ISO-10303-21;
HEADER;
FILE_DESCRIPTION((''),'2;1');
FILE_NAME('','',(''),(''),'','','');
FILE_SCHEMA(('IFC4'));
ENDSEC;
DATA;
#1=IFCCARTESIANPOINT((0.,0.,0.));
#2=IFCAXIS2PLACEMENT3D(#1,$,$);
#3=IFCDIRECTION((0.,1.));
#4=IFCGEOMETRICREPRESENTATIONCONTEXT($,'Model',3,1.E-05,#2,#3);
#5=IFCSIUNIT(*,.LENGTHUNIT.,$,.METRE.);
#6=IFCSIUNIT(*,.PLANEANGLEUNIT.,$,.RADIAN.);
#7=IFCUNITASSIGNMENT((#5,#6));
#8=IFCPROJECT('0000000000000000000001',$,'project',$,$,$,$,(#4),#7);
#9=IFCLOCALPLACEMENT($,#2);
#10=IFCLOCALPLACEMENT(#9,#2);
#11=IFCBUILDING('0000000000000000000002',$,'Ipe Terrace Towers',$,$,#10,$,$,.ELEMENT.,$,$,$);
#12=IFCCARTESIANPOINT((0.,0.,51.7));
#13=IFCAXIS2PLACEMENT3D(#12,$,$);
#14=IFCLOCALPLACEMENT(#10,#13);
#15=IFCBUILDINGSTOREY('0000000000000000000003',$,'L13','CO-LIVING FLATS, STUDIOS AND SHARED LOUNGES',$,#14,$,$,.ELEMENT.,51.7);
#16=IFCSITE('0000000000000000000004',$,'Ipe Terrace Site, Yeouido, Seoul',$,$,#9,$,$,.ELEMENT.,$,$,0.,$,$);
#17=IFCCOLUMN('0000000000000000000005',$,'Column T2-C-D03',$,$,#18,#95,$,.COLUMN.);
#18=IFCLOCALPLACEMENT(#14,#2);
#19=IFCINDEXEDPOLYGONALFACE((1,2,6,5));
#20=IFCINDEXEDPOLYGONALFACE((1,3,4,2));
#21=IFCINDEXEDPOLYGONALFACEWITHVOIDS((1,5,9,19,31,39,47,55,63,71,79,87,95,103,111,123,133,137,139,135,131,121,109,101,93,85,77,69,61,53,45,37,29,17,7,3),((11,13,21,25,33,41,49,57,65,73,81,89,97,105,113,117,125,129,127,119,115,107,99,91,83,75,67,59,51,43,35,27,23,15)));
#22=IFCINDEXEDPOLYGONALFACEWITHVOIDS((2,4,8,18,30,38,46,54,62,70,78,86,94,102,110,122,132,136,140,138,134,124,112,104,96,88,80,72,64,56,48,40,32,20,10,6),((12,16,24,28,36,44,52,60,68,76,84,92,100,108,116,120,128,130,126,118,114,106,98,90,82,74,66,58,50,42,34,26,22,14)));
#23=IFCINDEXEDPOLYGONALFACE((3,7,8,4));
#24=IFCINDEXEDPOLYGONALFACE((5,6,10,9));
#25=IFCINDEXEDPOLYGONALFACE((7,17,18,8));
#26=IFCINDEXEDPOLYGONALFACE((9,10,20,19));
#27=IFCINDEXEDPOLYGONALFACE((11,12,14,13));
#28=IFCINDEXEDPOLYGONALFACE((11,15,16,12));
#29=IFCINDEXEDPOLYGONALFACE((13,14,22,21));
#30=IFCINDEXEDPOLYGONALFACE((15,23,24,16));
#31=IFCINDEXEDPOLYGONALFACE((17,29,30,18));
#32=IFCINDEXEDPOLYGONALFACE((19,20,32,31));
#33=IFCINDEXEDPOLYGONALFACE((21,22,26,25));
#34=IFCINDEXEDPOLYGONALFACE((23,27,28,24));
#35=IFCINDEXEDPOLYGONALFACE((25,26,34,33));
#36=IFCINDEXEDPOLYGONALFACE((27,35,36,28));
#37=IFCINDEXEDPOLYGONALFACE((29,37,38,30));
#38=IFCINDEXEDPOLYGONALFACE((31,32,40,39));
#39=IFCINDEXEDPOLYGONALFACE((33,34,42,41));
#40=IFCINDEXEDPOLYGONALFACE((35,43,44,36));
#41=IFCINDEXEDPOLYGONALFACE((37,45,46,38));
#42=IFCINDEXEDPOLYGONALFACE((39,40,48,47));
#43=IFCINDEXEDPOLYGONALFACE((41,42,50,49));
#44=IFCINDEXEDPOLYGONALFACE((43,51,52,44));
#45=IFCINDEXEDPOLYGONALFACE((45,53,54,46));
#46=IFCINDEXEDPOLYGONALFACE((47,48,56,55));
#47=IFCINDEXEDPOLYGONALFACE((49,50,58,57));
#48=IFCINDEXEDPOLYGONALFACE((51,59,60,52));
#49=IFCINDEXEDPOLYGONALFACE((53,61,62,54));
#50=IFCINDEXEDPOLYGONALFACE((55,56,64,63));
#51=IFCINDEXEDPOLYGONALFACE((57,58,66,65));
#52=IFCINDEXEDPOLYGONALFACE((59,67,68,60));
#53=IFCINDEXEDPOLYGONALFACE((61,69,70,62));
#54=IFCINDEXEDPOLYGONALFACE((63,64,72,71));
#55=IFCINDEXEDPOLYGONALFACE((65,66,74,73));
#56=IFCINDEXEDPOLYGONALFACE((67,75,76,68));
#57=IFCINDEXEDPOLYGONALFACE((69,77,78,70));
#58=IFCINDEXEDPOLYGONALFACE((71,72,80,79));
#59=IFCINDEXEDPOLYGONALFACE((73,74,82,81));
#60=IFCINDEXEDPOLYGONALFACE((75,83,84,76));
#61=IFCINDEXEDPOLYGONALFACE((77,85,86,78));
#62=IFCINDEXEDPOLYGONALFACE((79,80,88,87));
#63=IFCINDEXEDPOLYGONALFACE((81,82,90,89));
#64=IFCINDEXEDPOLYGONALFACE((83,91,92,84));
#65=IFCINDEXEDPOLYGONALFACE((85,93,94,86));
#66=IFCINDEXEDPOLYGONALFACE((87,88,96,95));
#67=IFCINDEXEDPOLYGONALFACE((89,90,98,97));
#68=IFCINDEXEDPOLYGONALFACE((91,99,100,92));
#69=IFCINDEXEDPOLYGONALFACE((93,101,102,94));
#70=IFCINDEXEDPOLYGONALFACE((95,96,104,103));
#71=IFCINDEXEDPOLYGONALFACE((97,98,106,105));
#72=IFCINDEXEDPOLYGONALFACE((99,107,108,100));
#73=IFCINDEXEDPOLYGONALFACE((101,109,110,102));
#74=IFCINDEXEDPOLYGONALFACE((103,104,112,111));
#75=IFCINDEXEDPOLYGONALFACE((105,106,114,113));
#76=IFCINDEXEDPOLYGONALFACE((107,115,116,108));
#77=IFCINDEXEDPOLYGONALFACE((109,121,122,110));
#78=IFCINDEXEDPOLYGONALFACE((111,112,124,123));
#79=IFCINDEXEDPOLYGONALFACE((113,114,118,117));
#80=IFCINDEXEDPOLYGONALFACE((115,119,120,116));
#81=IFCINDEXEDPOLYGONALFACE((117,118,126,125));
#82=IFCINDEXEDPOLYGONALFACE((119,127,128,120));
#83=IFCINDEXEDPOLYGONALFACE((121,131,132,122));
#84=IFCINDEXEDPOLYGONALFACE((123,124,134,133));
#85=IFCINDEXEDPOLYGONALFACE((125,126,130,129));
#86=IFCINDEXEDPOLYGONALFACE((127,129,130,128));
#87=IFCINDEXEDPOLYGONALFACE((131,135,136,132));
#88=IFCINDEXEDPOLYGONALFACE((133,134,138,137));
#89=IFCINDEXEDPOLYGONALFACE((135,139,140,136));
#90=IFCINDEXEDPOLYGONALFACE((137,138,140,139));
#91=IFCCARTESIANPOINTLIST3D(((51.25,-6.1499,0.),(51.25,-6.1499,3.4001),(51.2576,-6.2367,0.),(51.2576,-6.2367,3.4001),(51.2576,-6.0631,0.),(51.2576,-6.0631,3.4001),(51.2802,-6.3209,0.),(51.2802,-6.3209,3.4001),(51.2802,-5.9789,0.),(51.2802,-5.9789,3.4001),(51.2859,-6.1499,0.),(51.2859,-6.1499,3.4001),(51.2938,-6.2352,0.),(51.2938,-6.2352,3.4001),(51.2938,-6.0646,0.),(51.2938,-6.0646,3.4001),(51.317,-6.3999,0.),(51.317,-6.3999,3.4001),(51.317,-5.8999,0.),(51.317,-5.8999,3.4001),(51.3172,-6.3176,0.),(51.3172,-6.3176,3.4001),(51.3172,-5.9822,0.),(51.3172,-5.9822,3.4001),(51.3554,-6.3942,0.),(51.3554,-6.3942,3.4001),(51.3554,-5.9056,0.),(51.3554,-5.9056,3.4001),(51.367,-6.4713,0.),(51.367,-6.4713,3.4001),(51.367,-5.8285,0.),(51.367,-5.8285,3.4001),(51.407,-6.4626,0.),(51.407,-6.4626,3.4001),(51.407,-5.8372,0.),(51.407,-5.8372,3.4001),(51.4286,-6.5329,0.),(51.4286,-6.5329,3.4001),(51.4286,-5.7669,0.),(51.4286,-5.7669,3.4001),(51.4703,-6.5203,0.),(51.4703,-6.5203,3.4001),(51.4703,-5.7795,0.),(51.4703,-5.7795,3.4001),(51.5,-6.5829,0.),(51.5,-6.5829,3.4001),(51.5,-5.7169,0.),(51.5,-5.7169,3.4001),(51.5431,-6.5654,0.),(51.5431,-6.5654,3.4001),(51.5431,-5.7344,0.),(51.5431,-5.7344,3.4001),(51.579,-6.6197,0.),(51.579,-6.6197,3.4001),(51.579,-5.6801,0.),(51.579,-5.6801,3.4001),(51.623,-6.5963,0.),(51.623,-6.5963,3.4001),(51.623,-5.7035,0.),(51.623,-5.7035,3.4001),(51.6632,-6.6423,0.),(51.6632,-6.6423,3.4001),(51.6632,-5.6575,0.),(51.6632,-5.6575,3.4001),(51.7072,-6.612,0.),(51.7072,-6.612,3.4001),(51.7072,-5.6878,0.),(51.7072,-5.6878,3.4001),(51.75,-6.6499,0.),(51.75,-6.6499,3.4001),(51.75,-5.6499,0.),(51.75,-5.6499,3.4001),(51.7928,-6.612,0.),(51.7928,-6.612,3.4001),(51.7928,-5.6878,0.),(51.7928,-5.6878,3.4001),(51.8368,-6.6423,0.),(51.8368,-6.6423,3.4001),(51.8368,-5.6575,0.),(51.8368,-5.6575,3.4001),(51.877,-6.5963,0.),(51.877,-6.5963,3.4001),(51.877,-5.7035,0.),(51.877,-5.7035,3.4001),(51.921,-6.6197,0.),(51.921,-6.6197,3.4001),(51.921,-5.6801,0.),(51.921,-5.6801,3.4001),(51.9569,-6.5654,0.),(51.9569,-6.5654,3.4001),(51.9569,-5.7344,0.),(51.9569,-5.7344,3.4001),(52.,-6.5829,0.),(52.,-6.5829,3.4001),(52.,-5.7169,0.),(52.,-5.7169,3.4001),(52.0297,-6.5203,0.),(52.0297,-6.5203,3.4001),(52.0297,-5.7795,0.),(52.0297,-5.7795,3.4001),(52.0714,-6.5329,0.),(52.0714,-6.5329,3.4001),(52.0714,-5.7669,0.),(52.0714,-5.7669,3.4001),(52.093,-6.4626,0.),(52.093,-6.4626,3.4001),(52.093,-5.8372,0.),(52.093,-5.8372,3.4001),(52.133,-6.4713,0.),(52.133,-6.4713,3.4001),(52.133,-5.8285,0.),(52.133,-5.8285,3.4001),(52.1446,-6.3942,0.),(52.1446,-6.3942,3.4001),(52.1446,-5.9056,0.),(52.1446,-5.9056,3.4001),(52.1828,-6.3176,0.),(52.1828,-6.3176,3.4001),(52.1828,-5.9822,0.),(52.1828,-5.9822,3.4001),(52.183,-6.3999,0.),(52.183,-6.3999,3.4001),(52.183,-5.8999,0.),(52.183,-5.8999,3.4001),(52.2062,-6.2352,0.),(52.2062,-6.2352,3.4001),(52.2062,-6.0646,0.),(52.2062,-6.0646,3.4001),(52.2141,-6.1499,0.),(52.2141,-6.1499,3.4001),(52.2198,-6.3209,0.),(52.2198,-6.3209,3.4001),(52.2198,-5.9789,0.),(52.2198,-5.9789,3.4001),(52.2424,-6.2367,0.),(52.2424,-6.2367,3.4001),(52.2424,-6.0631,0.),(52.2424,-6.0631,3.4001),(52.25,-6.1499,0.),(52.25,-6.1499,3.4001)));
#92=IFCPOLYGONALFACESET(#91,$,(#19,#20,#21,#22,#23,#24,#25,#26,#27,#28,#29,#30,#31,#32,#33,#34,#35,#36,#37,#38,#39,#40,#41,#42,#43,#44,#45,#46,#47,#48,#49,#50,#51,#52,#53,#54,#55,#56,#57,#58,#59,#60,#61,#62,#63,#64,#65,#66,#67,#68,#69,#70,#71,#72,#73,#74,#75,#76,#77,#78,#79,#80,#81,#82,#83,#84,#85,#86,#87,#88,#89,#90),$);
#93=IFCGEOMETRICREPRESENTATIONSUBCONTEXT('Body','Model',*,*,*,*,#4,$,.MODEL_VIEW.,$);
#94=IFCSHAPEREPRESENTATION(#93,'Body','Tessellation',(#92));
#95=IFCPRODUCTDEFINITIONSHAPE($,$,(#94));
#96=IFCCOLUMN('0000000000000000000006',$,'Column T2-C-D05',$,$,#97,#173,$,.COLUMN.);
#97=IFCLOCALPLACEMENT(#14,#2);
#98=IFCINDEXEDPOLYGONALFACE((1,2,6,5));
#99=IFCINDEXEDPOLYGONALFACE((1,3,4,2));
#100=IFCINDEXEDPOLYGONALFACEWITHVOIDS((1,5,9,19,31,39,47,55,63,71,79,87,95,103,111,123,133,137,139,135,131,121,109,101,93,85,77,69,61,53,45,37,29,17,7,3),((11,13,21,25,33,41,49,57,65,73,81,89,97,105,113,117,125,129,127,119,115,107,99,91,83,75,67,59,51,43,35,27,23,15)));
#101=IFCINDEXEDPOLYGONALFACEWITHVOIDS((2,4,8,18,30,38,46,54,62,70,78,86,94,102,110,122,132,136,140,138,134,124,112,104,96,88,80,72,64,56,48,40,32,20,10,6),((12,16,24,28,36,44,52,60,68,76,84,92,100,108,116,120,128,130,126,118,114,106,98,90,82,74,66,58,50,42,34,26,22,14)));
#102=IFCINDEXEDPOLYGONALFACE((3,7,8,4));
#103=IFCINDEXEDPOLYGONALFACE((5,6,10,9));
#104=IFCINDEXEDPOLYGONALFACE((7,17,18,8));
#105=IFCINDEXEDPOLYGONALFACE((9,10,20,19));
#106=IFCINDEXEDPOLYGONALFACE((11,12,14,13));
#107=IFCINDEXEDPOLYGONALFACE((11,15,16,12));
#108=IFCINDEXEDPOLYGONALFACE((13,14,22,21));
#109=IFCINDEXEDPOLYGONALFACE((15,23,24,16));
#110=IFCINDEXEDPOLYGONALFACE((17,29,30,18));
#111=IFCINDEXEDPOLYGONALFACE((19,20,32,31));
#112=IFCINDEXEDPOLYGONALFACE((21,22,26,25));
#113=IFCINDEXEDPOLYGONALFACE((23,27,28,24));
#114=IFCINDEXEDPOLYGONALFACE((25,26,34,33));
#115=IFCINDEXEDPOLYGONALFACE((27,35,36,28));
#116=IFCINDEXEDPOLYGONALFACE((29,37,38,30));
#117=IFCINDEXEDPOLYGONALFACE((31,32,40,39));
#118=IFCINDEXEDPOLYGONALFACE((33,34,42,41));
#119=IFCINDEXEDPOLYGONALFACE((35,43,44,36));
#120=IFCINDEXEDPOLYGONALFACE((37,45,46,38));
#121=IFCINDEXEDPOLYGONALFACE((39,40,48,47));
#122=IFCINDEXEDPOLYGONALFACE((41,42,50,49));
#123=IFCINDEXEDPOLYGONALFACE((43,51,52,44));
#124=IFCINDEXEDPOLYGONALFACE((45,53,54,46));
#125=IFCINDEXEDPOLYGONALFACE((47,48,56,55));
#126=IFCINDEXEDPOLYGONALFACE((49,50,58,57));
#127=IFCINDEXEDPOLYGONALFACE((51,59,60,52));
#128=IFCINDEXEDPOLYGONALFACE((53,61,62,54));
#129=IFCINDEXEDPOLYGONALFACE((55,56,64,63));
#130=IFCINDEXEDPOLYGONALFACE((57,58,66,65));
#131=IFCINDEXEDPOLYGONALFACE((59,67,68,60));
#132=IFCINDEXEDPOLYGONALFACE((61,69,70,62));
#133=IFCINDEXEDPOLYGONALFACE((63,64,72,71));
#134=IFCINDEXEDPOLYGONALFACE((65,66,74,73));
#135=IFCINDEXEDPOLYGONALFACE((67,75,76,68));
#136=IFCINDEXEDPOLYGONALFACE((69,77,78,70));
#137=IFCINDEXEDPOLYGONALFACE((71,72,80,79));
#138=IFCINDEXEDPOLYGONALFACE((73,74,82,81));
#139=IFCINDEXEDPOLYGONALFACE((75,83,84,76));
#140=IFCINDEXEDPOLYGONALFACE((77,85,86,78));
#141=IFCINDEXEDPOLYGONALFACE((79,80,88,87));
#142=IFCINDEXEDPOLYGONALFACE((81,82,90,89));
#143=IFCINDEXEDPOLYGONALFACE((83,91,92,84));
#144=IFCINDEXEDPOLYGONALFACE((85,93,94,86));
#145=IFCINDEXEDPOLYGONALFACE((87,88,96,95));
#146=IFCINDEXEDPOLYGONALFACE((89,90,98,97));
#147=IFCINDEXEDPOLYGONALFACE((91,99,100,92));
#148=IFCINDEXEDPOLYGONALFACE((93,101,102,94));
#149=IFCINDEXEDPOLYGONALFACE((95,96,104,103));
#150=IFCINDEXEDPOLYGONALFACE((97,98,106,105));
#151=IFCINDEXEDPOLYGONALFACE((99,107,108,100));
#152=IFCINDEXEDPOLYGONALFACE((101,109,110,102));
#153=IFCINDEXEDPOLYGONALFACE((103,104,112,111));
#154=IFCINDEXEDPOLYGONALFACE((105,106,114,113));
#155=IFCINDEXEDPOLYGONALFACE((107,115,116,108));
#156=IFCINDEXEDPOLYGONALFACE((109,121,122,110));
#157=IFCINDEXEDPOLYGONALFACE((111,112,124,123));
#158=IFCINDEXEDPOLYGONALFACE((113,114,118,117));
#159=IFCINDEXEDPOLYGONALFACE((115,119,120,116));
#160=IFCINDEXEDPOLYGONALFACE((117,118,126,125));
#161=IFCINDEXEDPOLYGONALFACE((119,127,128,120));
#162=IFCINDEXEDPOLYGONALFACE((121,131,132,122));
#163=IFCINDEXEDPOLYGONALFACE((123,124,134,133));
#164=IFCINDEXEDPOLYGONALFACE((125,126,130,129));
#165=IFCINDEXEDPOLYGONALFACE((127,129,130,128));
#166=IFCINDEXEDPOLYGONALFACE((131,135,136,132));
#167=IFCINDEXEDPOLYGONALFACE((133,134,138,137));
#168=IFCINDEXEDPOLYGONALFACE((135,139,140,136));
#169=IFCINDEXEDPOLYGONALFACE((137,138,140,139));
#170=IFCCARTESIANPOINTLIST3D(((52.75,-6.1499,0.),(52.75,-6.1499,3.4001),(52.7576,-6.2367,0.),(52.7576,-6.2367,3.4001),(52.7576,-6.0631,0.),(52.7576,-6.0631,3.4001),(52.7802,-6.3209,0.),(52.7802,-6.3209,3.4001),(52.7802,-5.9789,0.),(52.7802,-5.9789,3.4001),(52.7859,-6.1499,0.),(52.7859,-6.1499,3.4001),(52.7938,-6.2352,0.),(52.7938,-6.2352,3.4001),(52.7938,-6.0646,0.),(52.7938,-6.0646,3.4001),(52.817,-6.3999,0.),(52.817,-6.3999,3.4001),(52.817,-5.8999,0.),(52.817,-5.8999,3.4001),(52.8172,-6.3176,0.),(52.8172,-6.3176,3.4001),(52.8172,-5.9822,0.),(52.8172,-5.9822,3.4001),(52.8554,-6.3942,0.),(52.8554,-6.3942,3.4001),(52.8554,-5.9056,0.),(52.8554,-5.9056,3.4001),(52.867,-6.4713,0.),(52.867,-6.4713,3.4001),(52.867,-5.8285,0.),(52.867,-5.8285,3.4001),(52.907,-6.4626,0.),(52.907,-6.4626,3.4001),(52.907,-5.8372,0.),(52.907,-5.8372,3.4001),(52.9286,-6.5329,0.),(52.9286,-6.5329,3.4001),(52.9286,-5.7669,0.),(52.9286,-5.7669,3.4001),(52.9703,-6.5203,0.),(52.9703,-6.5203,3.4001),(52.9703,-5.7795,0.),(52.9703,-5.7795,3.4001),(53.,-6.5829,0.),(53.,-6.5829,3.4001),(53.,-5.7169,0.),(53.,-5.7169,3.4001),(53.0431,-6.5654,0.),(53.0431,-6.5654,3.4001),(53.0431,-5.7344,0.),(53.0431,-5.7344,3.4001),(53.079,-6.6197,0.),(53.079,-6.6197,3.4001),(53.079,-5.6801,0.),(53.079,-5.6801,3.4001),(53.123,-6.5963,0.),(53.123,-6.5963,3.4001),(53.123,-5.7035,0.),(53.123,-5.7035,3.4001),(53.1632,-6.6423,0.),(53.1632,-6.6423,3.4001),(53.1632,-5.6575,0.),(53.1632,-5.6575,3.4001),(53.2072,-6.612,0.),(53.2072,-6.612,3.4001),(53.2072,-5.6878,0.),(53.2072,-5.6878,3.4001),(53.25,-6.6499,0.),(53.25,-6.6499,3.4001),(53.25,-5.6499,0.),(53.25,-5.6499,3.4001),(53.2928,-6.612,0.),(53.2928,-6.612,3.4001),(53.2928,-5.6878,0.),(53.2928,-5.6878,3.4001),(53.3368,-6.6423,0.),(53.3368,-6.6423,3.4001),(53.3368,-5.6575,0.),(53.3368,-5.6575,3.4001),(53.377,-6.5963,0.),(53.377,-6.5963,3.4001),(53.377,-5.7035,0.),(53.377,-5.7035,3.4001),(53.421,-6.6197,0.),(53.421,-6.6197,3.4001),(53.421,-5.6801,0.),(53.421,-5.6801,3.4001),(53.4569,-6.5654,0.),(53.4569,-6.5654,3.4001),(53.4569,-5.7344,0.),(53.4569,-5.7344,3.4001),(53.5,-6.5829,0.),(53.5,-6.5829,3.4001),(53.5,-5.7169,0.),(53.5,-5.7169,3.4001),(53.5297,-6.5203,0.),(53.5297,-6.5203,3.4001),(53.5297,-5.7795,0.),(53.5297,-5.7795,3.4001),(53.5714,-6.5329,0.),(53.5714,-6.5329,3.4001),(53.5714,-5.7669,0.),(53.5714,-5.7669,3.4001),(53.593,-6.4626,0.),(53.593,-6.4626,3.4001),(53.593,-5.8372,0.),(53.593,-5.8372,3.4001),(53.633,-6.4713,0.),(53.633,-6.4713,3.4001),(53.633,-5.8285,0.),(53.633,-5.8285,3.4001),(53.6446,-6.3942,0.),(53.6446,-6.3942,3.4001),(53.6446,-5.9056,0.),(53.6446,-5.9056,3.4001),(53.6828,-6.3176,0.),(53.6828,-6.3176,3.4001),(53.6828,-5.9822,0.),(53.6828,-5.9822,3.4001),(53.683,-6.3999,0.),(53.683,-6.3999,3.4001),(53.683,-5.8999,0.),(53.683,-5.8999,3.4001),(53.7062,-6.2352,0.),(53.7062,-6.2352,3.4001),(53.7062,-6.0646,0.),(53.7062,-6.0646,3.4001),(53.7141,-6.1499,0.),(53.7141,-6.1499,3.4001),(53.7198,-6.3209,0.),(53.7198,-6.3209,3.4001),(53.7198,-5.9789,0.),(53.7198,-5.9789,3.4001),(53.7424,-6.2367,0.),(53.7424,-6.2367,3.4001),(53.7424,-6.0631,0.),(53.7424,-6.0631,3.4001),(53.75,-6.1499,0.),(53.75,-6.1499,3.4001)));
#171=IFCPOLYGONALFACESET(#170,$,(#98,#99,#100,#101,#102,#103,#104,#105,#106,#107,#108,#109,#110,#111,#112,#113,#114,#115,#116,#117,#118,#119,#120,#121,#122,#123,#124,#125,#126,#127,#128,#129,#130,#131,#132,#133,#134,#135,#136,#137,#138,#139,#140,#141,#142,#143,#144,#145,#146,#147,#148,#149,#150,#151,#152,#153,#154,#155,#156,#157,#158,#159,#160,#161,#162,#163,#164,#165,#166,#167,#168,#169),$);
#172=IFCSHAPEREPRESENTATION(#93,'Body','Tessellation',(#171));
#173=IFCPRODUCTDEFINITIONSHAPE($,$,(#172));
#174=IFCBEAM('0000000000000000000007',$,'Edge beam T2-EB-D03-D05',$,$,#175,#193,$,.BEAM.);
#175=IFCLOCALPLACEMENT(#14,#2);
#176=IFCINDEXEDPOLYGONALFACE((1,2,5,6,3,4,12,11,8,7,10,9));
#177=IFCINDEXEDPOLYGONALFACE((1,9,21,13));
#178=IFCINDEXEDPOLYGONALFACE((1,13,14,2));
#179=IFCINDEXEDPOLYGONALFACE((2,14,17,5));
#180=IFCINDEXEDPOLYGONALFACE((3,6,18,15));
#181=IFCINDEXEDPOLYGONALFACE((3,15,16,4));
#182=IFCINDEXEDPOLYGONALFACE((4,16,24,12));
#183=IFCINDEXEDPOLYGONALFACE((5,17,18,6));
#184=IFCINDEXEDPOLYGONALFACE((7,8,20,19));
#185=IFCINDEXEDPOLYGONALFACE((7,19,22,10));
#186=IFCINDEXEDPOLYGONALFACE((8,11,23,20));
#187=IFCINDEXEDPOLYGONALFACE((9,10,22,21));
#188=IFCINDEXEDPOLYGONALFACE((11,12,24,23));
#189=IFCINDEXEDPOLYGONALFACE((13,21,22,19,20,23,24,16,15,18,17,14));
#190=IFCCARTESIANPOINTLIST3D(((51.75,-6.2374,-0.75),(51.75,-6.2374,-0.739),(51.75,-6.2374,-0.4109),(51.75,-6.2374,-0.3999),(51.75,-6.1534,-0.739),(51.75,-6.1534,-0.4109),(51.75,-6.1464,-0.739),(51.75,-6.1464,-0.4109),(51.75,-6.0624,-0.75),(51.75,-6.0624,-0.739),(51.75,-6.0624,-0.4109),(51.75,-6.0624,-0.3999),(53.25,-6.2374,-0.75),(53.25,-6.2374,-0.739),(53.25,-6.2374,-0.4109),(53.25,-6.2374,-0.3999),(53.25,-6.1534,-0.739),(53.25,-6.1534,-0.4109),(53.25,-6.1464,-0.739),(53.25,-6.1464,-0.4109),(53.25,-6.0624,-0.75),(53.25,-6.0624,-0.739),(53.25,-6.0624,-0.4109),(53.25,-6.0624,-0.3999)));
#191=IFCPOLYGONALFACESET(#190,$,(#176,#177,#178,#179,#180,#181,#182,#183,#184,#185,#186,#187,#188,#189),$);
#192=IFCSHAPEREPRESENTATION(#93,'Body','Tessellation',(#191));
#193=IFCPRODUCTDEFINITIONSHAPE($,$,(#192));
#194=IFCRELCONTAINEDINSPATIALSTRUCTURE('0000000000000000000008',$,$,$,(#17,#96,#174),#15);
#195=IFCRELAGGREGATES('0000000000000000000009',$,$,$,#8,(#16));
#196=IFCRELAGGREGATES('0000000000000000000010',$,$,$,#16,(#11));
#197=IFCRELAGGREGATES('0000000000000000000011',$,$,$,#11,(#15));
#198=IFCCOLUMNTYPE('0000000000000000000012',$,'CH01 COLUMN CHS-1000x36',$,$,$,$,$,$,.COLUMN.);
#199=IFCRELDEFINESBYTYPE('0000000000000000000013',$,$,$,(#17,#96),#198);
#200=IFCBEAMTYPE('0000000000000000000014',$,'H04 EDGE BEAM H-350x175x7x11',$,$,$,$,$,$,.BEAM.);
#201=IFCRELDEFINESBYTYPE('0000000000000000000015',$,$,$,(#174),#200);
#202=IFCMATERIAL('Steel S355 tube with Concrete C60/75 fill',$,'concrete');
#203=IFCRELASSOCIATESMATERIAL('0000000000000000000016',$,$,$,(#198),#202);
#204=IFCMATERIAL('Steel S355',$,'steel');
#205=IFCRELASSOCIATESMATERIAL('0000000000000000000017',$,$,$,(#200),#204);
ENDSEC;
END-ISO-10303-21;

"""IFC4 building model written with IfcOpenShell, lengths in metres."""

from ifc_helpers import new_model, si_unit, direction, frame, origin, origin_2d, place, context, subcontext, project, spatial, hollow_circle, i_section, extrude, material, material_profile, profile_set, type_object, element, save


model = new_model("IFC4")

# Units and contexts
model_context = context("Model", 3, precision=1e-05, world=origin(), true_north=direction((0.0, 1.0)))
body_context = subcontext(model_context, "Body", "Model", "MODEL_VIEW")
ifc_project = project(units=[si_unit("LENGTHUNIT", "METRE"), si_unit("PLANEANGLEUNIT", "RADIAN")], contexts=[model_context])

# Site, building, storey
site_placement = place(None, origin())
site = spatial("IfcSite", under=ifc_project, at=site_placement, Name="Ipe Terrace Site, Yeouido, Seoul", CompositionType="ELEMENT", RefElevation=0.0)
building_placement = place(site_placement, origin())
building = spatial("IfcBuilding", under=site, at=building_placement, Name="Ipe Terrace Towers", CompositionType="ELEMENT")
storey_placement = place(building_placement, frame((0.0, 0.0, 51.7)))
storey = spatial("IfcBuildingStorey", under=building, at=storey_placement, Name="L13", Description="CO-LIVING FLATS, STUDIOS AND SHARED LOUNGES", CompositionType="ELEMENT", Elevation=51.7)

# Columns
ifc_material_1 = material(Name="Steel S355 tube with Concrete C60/75 fill", Category="concrete")
ifc_material_profile_1 = material_profile(ifc_material_1, hollow_circle(Radius=0.5, WallThickness=0.0359, at=origin_2d()), Name="CHS-1000x36")
ifc_profile_set_1 = profile_set([ifc_material_profile_1], Name="Steel S355 tube with Concrete C60/75 fill")
column_type = type_object("IfcColumnType", Name="CH01 COLUMN CHS-1000x36", PredefinedType="COLUMN", material=ifc_profile_set_1)
for number, where, z_axis, x_axis, name in (
    (1, (51.75, -6.1499, 0.0), (0.0, 0.0, 1.0), (1.0, 0.0, 0.0), "Column T2-C-D03"),
    (2, (53.25, -6.1499, 0.0), (0.0, 0.0, 1.0), (1.0, 0.0, 0.0), "Column T2-C-D05"),
):
    element("IfcColumn", number, at=place(storey_placement, frame(where, z_axis=z_axis, x_axis=x_axis)), inside=storey, type_object=column_type, Name=name, PredefinedType="COLUMN", context=body_context, shape_type="SweptSolid", body=[
        extrude(hollow_circle(Radius=0.5, WallThickness=0.0359, at=origin_2d()), origin(), (0.0, 0.0, 1.0), 3.4001),
    ])

# Beam
ifc_material_2 = material(Name="Steel S355", Category="steel")
ifc_material_profile_2 = material_profile(ifc_material_2, i_section(OverallWidth=0.175, OverallDepth=0.3501, WebThickness=0.0071, FlangeThickness=0.011, at=origin_2d()), Name="H-350x175x7x11")
ifc_profile_set_2 = profile_set([ifc_material_profile_2], Name="Steel S355")
beam_type = type_object("IfcBeamType", Name="H04 EDGE BEAM H-350x175x7x11", PredefinedType="BEAM", material=ifc_profile_set_2)
beam_placement = place(storey_placement, frame((51.75, -6.1499, -0.575), z_axis=(1.0, 0.0, 0.0), x_axis=(0.0, 1.0, 0.0)))
element("IfcBeam", 3, at=beam_placement, inside=storey, type_object=beam_type, Name="Edge beam T2-EB-D03-D05", PredefinedType="BEAM", context=body_context, shape_type="SweptSolid", body=[
    extrude(i_section(OverallWidth=0.175, OverallDepth=0.3501, WebThickness=0.0071, FlangeThickness=0.011, at=origin_2d()), origin(), (0.0, 0.0, 1.0), 1.5),
])

save(model, "model.ifc")
